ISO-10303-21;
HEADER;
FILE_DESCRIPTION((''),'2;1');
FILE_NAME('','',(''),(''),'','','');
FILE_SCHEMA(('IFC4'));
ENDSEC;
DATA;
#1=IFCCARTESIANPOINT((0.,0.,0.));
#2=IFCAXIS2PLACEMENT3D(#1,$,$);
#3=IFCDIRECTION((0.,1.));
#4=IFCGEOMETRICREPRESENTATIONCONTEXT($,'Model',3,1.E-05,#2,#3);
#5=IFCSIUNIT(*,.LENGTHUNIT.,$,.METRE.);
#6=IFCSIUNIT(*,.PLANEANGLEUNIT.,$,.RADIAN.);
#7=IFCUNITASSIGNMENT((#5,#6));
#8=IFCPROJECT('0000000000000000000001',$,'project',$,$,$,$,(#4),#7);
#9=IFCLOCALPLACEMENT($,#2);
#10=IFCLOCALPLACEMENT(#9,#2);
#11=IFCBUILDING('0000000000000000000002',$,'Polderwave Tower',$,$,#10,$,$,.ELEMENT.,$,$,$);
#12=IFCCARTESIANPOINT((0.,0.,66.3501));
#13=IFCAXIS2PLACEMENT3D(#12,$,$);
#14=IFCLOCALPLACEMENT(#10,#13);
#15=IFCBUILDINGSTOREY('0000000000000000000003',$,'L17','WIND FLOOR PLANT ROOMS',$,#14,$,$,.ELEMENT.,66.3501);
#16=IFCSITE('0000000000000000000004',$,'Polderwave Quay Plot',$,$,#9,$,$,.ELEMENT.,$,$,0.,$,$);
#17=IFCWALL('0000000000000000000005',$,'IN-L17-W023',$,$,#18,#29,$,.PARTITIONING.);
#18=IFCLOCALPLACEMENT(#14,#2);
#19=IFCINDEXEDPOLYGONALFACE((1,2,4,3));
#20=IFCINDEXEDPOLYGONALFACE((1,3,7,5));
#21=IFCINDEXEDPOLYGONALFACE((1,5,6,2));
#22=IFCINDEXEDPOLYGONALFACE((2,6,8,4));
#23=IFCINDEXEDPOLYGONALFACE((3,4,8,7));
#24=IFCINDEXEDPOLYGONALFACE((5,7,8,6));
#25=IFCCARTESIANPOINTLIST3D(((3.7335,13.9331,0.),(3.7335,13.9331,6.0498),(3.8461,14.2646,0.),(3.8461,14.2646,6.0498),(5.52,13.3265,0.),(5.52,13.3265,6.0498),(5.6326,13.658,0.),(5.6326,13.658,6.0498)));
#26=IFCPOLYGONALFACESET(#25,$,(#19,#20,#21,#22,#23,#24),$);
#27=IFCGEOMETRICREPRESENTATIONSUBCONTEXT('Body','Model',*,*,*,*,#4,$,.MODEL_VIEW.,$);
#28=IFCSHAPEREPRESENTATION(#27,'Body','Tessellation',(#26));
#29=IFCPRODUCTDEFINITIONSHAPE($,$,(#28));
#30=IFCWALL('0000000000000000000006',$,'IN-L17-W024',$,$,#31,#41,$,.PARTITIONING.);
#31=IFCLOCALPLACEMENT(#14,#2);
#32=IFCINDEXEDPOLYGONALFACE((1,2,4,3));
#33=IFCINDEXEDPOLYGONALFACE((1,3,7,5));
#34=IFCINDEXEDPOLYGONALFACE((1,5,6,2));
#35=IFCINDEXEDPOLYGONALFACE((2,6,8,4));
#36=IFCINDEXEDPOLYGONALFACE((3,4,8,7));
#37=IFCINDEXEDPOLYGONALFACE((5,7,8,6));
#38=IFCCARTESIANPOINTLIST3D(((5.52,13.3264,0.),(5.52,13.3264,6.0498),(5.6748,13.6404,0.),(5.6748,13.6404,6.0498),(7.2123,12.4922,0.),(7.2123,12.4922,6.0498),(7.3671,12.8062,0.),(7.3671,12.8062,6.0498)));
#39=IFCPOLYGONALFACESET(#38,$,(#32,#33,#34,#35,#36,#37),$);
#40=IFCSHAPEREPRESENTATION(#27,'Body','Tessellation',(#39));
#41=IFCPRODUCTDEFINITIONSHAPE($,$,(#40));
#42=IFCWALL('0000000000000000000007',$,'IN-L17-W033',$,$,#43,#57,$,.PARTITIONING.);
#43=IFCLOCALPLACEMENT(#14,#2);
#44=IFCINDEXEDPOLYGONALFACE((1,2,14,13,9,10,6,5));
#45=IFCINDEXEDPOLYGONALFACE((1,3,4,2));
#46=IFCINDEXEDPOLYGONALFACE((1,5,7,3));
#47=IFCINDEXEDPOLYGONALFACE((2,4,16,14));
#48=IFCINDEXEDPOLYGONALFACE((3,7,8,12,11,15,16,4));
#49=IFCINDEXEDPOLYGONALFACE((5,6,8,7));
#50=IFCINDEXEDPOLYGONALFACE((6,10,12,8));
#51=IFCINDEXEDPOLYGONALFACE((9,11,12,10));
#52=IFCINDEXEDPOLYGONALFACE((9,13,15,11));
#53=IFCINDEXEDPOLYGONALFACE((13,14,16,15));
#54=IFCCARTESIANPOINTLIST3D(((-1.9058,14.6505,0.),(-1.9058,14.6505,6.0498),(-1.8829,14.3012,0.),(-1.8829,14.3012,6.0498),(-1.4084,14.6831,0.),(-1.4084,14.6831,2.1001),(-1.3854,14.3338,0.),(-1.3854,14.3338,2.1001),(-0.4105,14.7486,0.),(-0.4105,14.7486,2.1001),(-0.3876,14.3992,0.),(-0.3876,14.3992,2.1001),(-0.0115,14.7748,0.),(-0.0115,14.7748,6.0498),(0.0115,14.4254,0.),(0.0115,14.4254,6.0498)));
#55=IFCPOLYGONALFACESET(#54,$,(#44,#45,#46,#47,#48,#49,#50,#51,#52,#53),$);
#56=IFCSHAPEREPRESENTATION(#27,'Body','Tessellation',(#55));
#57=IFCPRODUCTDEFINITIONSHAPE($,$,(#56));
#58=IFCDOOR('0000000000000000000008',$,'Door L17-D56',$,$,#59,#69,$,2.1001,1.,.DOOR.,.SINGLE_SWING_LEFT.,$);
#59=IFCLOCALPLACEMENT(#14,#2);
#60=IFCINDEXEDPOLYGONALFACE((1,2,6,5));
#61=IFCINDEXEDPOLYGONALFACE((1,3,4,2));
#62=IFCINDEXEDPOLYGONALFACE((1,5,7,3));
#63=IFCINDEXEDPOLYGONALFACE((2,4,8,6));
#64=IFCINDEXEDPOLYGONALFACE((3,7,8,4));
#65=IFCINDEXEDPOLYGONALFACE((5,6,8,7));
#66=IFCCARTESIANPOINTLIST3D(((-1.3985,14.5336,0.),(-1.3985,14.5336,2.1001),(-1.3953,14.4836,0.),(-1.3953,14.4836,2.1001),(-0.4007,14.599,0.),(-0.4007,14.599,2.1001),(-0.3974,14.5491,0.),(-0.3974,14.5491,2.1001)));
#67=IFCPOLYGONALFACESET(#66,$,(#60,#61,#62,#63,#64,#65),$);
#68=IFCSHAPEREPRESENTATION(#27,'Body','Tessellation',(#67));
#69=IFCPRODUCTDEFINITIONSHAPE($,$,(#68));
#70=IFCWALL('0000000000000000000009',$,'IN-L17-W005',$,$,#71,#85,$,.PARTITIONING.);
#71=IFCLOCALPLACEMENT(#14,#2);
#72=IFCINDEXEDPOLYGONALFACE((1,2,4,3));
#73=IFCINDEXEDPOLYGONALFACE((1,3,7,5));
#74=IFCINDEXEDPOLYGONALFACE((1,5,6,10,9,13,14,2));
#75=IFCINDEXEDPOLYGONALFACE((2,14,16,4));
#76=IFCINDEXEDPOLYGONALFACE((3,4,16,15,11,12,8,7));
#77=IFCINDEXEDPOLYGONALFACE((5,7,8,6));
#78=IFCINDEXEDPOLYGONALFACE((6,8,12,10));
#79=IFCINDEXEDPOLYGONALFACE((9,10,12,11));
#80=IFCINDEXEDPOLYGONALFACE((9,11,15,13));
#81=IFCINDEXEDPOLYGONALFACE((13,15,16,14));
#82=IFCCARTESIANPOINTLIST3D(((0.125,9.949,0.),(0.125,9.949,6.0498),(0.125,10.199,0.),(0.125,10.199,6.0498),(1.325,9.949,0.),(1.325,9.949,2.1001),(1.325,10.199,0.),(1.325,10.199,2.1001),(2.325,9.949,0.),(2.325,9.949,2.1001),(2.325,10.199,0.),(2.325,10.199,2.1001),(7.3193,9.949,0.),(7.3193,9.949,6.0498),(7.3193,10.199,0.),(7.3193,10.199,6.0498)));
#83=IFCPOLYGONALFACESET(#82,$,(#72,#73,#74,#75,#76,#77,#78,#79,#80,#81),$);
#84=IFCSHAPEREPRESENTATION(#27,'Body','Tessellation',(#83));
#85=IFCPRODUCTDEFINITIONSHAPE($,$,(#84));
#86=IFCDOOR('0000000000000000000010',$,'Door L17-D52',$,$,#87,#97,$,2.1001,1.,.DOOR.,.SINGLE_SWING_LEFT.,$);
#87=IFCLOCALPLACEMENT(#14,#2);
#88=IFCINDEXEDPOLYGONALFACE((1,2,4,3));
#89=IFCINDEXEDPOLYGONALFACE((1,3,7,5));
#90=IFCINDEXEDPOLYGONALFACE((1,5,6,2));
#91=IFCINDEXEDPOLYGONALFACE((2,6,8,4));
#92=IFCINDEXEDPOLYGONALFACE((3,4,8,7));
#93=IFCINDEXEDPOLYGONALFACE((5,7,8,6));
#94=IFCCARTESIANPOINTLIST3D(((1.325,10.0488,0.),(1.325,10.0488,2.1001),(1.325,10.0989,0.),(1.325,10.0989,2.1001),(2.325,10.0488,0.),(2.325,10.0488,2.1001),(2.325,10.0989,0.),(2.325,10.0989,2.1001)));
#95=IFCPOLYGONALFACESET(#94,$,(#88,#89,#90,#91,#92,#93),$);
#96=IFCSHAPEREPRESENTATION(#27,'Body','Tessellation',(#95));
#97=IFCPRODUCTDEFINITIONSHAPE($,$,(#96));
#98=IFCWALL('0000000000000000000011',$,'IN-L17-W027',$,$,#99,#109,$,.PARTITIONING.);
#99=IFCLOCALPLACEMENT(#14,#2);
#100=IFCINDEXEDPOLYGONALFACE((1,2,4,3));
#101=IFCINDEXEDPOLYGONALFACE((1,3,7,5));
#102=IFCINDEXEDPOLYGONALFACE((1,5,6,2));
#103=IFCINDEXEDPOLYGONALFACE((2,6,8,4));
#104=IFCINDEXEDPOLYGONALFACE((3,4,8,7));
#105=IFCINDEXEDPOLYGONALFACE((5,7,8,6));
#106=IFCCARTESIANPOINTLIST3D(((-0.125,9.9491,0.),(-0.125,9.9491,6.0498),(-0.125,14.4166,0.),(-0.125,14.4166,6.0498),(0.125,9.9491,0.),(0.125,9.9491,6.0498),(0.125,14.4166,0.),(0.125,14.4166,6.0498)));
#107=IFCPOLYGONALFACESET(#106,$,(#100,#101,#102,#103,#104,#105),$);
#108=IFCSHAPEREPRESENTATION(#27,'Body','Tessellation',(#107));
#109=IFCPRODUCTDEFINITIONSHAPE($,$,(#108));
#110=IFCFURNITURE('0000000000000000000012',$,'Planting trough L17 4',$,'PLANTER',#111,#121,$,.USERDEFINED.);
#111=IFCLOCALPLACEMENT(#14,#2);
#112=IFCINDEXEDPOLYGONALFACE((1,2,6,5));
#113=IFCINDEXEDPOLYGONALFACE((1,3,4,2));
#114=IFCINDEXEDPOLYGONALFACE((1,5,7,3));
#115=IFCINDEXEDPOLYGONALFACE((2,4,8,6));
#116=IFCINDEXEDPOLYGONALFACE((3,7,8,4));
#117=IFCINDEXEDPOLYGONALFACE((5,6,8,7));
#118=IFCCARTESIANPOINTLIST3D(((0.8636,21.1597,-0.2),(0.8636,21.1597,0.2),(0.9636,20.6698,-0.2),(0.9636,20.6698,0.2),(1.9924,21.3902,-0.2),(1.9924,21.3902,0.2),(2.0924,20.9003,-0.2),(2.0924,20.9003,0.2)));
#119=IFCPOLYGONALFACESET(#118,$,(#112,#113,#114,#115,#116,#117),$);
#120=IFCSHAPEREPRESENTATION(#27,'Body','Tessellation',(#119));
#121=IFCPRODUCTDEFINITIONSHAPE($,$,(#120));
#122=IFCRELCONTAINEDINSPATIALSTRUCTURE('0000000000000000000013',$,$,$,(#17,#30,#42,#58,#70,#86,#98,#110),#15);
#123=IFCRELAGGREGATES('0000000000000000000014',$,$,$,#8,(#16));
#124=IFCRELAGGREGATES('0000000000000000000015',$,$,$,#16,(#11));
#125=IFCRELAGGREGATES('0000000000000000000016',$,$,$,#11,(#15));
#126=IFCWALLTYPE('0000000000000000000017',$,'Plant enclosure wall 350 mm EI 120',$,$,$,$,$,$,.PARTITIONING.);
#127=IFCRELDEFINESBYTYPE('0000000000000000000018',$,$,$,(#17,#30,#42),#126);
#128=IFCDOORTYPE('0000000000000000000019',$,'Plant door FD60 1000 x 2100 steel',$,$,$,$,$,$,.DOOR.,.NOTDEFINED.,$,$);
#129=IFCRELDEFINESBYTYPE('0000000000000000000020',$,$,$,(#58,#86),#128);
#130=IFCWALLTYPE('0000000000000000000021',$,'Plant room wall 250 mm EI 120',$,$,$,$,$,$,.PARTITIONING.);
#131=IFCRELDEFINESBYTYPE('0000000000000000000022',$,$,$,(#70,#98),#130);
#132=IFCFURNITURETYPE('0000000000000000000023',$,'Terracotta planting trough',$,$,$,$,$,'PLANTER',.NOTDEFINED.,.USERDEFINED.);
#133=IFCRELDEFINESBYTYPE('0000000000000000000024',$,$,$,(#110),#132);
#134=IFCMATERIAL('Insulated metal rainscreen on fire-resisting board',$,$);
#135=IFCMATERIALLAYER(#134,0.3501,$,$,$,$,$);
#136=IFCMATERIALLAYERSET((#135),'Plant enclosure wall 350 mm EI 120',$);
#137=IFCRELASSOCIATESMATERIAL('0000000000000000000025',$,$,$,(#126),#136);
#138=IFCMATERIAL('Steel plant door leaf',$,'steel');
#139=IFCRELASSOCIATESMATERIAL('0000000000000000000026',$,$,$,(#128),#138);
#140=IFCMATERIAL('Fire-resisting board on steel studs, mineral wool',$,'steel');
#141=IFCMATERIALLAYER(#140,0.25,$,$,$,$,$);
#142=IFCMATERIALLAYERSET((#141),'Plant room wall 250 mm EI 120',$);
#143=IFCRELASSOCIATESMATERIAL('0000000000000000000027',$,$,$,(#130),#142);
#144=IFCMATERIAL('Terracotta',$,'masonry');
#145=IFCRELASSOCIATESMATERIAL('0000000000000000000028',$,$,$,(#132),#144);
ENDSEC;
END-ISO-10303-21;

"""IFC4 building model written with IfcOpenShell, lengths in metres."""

from ifc_helpers import new_model, si_unit, direction, frame, frame_2d, origin, origin_2d, place, context, subcontext, project, spatial, rectangle, extrude, material, layer, layer_set, type_object, element, fill, save


model = new_model("IFC4")

# Units and contexts
model_context = context("Model", 3, precision=1e-05, world=origin(), true_north=direction((0.0, 1.0)))
body_context = subcontext(model_context, "Body", "Model", "MODEL_VIEW")
ifc_project = project(units=[si_unit("LENGTHUNIT", "METRE"), si_unit("PLANEANGLEUNIT", "RADIAN")], contexts=[model_context])

# Site, building, storey
site_placement = place(None, origin())
site = spatial("IfcSite", under=ifc_project, at=site_placement, Name="Polderwave Quay Plot", CompositionType="ELEMENT", RefElevation=0.0)
building_placement = place(site_placement, origin())
building = spatial("IfcBuilding", under=site, at=building_placement, Name="Polderwave Tower", CompositionType="ELEMENT")
storey_placement = place(building_placement, frame((0.0, 0.0, 66.3501)))
storey = spatial("IfcBuildingStorey", under=building, at=storey_placement, Name="L17", Description="WIND FLOOR PLANT ROOMS", CompositionType="ELEMENT", Elevation=66.3501)

# Walls
ifc_material_1 = material(Name="Insulated metal rainscreen on fire-resisting board")
ifc_layer_1 = layer(ifc_material_1, 0.3501)
ifc_layer_set_1 = layer_set([ifc_layer_1], Name="Plant enclosure wall 350 mm EI 120")
wall_type_1 = type_object("IfcWallType", Name="Plant enclosure wall 350 mm EI 120", PredefinedType="PARTITIONING", material=ifc_layer_set_1)
for number, where, z_axis, x_axis, name in (
    (1, (3.7898, 14.0989, 0.0), (0.0, 0.0, 1.0), (0.946896, -0.321541, 0.0), "IN-L17-W023"),
    (2, (5.5974, 13.4834, 0.0), (0.0, 0.0, 1.0), (0.896949, -0.442134, 0.0), "IN-L17-W024"),
):
    element("IfcWall", number, at=place(storey_placement, frame(where, z_axis=z_axis, x_axis=x_axis)), inside=storey, type_object=wall_type_1, Name=name, PredefinedType="PARTITIONING", context=body_context, shape_type="SweptSolid", body=[
        extrude(rectangle(XDim=1.8867, YDim=0.3501, at=frame_2d((0.9434, 0.0))), origin(), (0.0, 0.0, 1.0), 6.0498),
    ])

# Walls, openings, doors
wall_1_placement = place(storey_placement, frame((0.0, 14.6001, 0.0), z_axis=(0.0, 0.0, 1.0), x_axis=(-0.997855, -0.065461, 0.0)))
wall_1 = element("IfcWall", 3, at=wall_1_placement, inside=storey, type_object=wall_type_1, Name="IN-L17-W033", PredefinedType="PARTITIONING", context=body_context, shape_type="SweptSolid", body=[
    extrude(rectangle(XDim=1.8984, YDim=0.3501, at=frame_2d((0.9492, 0.0))), origin(), (0.0, 0.0, 1.0), 6.0498),
])
opening_1_placement = place(wall_1_placement, frame((0.3999, 0.0, 0.0)))
opening_1 = element("IfcOpeningElement", 4, at=opening_1_placement, cuts=wall_1, PredefinedType="OPENING", context=body_context, shape_type="SweptSolid", body=[
    extrude(rectangle(XDim=1.0, YDim=2.1001, at=frame_2d((0.5, 1.05))), frame((0.0, 0.1851, 0.0), z_axis=(0.0, -1.0, 0.0), x_axis=(1.0, 0.0, 0.0)), (0.0, 0.0, 1.0), 0.3701),
])
ifc_material_2 = material(Name="Steel plant door leaf", Category="steel")
door_type = type_object("IfcDoorType", Name="Plant door FD60 1000 x 2100 steel", OperationType="NOTDEFINED", PredefinedType="DOOR", material=ifc_material_2)
door_1_placement = place(opening_1_placement, origin())
door_1 = element("IfcDoor", 5, at=door_1_placement, inside=storey, type_object=door_type, Name="Door L17-D56", OperationType="SINGLE_SWING_LEFT", OverallHeight=2.1001, OverallWidth=1.0, PredefinedType="DOOR", context=body_context, shape_type="SweptSolid", body=[
    extrude(rectangle(XDim=1.0, YDim=2.1001, at=frame_2d((0.5, 1.05))), frame((0.0, 0.0249, 0.0), z_axis=(0.0, -1.0, 0.0), x_axis=(1.0, 0.0, 0.0)), (0.0, 0.0, 1.0), 0.05),
])
fill(opening_1, door_1)
ifc_material_3 = material(Name="Fire-resisting board on steel studs, mineral wool", Category="steel")
ifc_layer_2 = layer(ifc_material_3, 0.25)
ifc_layer_set_2 = layer_set([ifc_layer_2], Name="Plant room wall 250 mm EI 120")
wall_type_2 = type_object("IfcWallType", Name="Plant room wall 250 mm EI 120", PredefinedType="PARTITIONING", material=ifc_layer_set_2)
wall_2_placement = place(storey_placement, frame((0.125, 10.074, 0.0), z_axis=(0.0, 0.0, 1.0), x_axis=(1.0, 0.0, 0.0)))
wall_2 = element("IfcWall", 6, at=wall_2_placement, inside=storey, type_object=wall_type_2, Name="IN-L17-W005", PredefinedType="PARTITIONING", context=body_context, shape_type="SweptSolid", body=[
    extrude(rectangle(XDim=7.1943, YDim=0.25, at=frame_2d((3.5972, 0.0))), origin(), (0.0, 0.0, 1.0), 6.0498),
])
opening_2_placement = place(wall_2_placement, frame((1.2, 0.0, 0.0)))
opening_2 = element("IfcOpeningElement", 7, at=opening_2_placement, cuts=wall_2, PredefinedType="OPENING", context=body_context, shape_type="SweptSolid", body=[
    extrude(rectangle(XDim=1.0, YDim=2.1001, at=frame_2d((0.5, 1.05))), frame((0.0, 0.135, 0.0), z_axis=(0.0, -1.0, 0.0), x_axis=(1.0, 0.0, 0.0)), (0.0, 0.0, 1.0), 0.27),
])
door_2_placement = place(opening_2_placement, origin())
door_2 = element("IfcDoor", 8, at=door_2_placement, inside=storey, type_object=door_type, Name="Door L17-D52", OperationType="SINGLE_SWING_LEFT", OverallHeight=2.1001, OverallWidth=1.0, PredefinedType="DOOR", context=body_context, shape_type="SweptSolid", body=[
    extrude(rectangle(XDim=1.0, YDim=2.1001, at=frame_2d((0.5, 1.05))), frame((0.0, 0.0249, 0.0), z_axis=(0.0, -1.0, 0.0), x_axis=(1.0, 0.0, 0.0)), (0.0, 0.0, 1.0), 0.05),
])
fill(opening_2, door_2)

# Wall
wall_3_placement = place(storey_placement, frame((0.0, 9.949, 0.0), z_axis=(0.0, 0.0, 1.0), x_axis=(0.0, 1.0, 0.0)))
element("IfcWall", 9, at=wall_3_placement, inside=storey, type_object=wall_type_2, Name="IN-L17-W027", PredefinedType="PARTITIONING", context=body_context, shape_type="SweptSolid", body=[
    extrude(rectangle(XDim=4.4675, YDim=0.25, at=frame_2d((2.2339, 0.0))), origin(), (0.0, 0.0, 1.0), 6.0498),
])

# Furniture
ifc_material_4 = material(Name="Terracotta", Category="masonry")
furniture_type = type_object("IfcFurnitureType", Name="Terracotta planting trough", ElementType="PLANTER", AssemblyPlace="NOTDEFINED", PredefinedType="USERDEFINED", material=ifc_material_4)
furniture_placement = place(storey_placement, frame((1.478, 21.03, -0.2), z_axis=(0.0, 0.0, 1.0), x_axis=(-0.979782, -0.200066, 0.0)))
element("IfcFurniture", 10, at=furniture_placement, inside=storey, type_object=furniture_type, Name="Planting trough L17 4", ObjectType="PLANTER", PredefinedType="USERDEFINED", context=body_context, shape_type="SweptSolid", body=[
    extrude(rectangle(XDim=1.1521, YDim=0.5, at=origin_2d()), origin(), (0.0, 0.0, 1.0), 0.3999),
])

save(model, "model.ifc")
